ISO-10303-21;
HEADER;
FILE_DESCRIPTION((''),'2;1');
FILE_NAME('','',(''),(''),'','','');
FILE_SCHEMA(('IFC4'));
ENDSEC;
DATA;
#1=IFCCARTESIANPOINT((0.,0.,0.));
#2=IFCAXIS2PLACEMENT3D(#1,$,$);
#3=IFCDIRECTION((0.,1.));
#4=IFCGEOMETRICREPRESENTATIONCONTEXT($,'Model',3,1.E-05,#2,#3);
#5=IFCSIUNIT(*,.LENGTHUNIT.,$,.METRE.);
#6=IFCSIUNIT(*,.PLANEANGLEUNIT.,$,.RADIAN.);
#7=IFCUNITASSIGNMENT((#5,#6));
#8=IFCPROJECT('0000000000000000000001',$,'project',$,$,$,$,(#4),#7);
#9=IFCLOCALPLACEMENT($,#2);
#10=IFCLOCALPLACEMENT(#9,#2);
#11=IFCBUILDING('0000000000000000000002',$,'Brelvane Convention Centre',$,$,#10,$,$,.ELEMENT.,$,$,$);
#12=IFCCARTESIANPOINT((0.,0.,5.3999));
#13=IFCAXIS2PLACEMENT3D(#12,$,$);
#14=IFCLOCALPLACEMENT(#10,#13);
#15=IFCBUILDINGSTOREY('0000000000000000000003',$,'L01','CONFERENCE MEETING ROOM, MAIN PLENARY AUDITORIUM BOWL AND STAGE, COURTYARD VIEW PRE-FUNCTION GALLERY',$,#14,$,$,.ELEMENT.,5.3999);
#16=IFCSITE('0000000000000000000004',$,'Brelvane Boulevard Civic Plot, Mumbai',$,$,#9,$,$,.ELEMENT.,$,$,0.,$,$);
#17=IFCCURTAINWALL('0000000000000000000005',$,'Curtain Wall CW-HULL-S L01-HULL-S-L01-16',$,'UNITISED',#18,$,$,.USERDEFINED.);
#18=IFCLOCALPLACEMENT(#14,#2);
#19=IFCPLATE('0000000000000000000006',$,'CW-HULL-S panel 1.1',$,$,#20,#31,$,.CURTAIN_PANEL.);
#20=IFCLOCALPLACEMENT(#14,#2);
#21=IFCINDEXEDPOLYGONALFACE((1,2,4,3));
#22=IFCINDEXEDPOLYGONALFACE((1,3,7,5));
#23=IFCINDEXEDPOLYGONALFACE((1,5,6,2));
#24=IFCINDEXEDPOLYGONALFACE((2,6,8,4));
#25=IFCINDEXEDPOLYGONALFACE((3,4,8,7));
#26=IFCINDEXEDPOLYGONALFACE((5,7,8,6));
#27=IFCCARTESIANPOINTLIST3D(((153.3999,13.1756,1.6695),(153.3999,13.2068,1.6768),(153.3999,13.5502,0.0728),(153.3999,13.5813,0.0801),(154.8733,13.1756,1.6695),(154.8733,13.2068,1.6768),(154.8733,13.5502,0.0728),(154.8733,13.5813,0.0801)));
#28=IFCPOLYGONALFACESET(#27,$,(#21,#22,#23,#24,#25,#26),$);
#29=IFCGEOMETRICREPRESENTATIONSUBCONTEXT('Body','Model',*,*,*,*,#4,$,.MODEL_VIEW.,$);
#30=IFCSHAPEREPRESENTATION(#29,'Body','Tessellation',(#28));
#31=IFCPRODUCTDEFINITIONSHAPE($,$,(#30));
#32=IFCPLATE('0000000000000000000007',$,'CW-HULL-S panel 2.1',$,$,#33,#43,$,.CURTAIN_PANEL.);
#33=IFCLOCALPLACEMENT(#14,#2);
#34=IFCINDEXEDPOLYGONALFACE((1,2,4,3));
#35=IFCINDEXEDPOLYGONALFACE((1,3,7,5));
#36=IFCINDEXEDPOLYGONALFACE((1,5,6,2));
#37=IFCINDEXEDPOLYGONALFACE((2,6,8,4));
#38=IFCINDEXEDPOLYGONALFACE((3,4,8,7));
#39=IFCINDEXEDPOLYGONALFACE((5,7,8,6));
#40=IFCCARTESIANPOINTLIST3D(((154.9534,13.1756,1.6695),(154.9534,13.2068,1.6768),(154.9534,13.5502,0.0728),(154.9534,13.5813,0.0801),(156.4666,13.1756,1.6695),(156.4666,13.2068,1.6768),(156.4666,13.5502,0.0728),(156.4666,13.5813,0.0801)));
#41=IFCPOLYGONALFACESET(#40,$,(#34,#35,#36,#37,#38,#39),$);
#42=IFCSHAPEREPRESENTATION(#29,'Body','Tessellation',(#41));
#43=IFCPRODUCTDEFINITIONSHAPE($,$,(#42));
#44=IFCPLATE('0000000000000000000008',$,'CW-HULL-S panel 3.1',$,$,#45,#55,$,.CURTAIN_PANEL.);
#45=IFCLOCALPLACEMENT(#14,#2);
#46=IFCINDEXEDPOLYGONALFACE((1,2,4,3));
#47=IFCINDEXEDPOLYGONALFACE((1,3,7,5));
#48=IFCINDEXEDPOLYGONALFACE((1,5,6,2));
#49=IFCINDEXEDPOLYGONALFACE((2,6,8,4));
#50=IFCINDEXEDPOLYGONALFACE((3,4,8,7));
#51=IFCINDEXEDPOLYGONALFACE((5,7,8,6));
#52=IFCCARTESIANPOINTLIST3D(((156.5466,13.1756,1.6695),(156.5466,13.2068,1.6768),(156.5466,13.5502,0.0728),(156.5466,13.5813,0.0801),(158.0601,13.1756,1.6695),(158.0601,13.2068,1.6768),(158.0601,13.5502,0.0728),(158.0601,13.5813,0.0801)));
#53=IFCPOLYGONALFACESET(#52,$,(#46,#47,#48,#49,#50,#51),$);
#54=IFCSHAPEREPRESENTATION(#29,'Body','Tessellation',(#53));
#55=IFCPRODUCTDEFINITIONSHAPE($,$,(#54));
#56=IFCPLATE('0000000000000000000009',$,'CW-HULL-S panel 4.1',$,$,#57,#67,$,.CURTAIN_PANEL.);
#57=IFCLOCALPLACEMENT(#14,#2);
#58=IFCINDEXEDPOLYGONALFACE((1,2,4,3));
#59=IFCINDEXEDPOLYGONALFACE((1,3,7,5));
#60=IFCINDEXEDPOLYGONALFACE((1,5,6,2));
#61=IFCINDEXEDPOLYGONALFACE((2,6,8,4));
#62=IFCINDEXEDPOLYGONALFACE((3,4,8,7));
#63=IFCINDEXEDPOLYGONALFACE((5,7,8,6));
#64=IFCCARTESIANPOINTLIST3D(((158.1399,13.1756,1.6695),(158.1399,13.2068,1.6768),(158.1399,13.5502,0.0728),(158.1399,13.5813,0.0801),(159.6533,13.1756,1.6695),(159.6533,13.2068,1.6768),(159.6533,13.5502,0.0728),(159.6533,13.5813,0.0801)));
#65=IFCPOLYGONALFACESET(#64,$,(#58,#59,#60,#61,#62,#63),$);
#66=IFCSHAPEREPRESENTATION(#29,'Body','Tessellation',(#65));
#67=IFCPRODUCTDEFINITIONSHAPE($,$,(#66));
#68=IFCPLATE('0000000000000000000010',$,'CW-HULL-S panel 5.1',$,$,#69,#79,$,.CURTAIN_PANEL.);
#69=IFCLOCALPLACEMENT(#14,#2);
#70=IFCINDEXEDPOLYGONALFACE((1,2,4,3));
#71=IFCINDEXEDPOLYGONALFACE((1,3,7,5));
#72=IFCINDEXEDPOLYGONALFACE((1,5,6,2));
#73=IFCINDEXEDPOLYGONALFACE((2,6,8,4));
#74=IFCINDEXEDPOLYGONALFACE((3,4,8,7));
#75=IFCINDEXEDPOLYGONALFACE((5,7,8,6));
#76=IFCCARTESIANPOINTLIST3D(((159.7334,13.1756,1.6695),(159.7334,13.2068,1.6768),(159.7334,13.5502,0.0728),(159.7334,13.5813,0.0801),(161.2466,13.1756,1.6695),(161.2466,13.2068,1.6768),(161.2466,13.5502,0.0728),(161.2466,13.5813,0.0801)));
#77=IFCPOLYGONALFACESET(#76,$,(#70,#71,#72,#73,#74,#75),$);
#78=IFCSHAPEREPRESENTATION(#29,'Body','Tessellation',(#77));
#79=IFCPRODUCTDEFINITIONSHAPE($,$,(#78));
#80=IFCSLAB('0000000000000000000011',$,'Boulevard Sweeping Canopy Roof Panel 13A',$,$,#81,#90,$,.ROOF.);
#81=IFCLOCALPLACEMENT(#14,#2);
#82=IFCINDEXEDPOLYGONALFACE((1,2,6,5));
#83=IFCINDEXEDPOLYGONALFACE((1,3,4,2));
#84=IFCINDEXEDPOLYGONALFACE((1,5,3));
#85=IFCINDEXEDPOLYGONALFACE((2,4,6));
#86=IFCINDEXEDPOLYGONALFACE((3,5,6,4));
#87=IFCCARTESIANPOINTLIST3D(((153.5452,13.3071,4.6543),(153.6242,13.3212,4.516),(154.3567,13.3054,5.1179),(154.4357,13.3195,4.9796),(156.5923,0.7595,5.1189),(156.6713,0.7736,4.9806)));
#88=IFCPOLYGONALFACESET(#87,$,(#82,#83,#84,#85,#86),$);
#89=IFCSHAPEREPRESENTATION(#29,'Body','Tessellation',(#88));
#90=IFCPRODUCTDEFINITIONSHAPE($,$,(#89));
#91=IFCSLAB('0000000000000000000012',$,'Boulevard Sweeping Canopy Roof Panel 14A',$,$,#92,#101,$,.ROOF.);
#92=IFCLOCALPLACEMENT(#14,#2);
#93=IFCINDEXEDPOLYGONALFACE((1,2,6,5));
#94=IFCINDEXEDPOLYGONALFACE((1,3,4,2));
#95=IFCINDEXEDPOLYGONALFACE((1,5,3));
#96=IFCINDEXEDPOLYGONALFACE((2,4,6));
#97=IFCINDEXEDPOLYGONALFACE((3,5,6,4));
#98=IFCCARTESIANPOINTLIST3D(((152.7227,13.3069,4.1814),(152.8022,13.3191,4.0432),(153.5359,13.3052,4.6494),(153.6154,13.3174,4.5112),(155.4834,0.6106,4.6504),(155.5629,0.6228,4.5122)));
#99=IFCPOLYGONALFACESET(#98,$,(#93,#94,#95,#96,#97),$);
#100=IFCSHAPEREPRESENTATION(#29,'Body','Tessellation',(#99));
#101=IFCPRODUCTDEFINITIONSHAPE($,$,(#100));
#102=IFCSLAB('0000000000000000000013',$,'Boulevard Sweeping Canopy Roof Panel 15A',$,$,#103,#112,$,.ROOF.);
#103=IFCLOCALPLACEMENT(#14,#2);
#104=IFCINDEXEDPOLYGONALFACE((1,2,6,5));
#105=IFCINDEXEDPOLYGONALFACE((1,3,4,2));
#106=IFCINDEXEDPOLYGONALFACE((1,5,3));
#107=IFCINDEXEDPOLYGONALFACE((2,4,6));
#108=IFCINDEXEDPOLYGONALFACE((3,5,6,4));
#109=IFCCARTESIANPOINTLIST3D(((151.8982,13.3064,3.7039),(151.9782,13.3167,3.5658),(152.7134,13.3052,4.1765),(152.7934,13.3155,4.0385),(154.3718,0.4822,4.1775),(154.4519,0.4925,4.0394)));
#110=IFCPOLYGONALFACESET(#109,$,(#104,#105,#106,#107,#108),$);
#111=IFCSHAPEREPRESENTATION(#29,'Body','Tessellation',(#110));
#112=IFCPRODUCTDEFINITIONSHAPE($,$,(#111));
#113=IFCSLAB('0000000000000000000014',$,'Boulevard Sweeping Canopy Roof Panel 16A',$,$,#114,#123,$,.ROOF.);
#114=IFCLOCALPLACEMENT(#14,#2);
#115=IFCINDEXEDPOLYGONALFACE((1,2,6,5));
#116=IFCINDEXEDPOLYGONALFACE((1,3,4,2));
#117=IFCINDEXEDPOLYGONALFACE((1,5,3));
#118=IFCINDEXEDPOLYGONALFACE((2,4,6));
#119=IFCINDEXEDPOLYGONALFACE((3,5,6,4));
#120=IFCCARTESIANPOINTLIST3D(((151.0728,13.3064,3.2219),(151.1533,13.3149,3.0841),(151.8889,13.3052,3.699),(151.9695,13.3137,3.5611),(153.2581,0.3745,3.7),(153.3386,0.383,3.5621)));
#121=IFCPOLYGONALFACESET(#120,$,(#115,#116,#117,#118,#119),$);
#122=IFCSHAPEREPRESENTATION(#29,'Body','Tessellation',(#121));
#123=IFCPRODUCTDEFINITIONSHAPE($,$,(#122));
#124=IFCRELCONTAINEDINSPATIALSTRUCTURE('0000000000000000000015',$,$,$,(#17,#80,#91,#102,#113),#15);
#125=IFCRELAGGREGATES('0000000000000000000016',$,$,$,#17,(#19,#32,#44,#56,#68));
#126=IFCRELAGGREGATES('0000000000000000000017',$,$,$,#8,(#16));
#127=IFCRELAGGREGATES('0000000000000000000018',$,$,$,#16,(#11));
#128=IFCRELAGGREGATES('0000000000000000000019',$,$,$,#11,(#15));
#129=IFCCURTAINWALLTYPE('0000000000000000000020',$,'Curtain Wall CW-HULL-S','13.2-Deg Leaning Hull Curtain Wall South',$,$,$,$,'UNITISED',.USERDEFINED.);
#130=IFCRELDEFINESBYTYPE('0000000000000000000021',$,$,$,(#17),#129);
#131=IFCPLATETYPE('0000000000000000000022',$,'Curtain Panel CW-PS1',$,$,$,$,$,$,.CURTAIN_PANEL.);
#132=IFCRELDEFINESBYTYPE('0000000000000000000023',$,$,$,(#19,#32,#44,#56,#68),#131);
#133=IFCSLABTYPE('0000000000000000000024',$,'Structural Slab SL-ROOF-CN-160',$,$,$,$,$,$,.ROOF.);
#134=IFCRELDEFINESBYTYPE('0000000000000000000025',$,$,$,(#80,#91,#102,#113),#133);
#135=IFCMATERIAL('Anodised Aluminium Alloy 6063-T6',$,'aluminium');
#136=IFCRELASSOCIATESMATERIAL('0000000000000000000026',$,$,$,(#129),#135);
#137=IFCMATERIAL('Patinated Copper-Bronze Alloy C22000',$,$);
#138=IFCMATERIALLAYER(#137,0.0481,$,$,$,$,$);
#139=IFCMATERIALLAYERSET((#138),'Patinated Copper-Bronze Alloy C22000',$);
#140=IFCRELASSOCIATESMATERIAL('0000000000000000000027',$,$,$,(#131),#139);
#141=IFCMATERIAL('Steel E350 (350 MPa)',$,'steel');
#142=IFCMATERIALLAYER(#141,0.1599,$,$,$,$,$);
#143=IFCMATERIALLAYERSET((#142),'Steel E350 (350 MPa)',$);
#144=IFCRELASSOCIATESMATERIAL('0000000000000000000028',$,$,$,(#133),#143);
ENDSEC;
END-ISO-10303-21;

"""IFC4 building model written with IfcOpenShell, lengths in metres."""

from ifc_helpers import new_model, si_unit, direction, frame, origin, place, context, subcontext, project, spatial, polyline, outline, extrude, material, layer, layer_set, type_object, element, aggregate, save


model = new_model("IFC4")

# Units and contexts
model_context = context("Model", 3, precision=1e-05, world=origin(), true_north=direction((0.0, 1.0)))
body_context = subcontext(model_context, "Body", "Model", "MODEL_VIEW")
ifc_project = project(units=[si_unit("LENGTHUNIT", "METRE"), si_unit("PLANEANGLEUNIT", "RADIAN")], contexts=[model_context])

# Site, building, storey
site_placement = place(None, origin())
site = spatial("IfcSite", under=ifc_project, at=site_placement, Name="Brelvane Boulevard Civic Plot, Mumbai", CompositionType="ELEMENT", RefElevation=0.0)
building_placement = place(site_placement, origin())
building = spatial("IfcBuilding", under=site, at=building_placement, Name="Brelvane Convention Centre", CompositionType="ELEMENT")
storey_placement = place(building_placement, frame((0.0, 0.0, 5.3999)))
storey = spatial("IfcBuildingStorey", under=building, at=storey_placement, Name="L01", Description="CONFERENCE MEETING ROOM, MAIN PLENARY AUDITORIUM BOWL AND STAGE, COURTYARD VIEW PRE-FUNCTION GALLERY", CompositionType="ELEMENT", Elevation=5.3999)

# Shared definitions
ifc_material_1 = material(Name="Anodised Aluminium Alloy 6063-T6", Category="aluminium")
curtain_wall_type = type_object("IfcCurtainWallType", Name="Curtain Wall CW-HULL-S", Description="13.2-Deg Leaning Hull Curtain Wall South", ElementType="UNITISED", PredefinedType="USERDEFINED", material=ifc_material_1)

# Curtain wall
curtain_wall_1_placement = place(storey_placement, origin())
curtain_wall_1 = element("IfcCurtainWall", 1, at=curtain_wall_1_placement, inside=storey, type_object=curtain_wall_type, Name="Curtain Wall CW-HULL-S L01-HULL-S-L01-16", ObjectType="UNITISED", PredefinedType="USERDEFINED")

# Plates
ifc_material_2 = material(Name="Patinated Copper-Bronze Alloy C22000")
ifc_layer_1 = layer(ifc_material_2, 0.0481)
ifc_layer_set_1 = layer_set([ifc_layer_1], Name="Patinated Copper-Bronze Alloy C22000")
plate_type_1 = type_object("IfcPlateType", Name="Curtain Panel CW-PS1", PredefinedType="CURTAIN_PANEL", material=ifc_layer_set_1)
plate_1_placement = place(storey_placement, frame((153.3999, 13.5813, 0.0801), z_axis=(0.0, 0.973577, 0.228359), x_axis=(1.0, 0.0, 0.0)))
plate_1 = element("IfcPlate", 2, at=plate_1_placement, type_object=plate_type_1, Name="CW-HULL-S panel 1.1", PredefinedType="CURTAIN_PANEL", context=body_context, shape_type="SweptSolid", body=[
    extrude(outline(polyline([(0.0, 0.0), (1.4734, 0.0), (1.4734, -1.64), (0.0, -1.64), (0.0, 0.0)])), origin(), (0.0, 0.0, -1.0), 0.032),
])
plate_2_placement = place(storey_placement, frame((154.9534, 13.5813, 0.0801), z_axis=(0.0, 0.973577, 0.228359), x_axis=(1.0, 0.0, 0.0)))
plate_2 = element("IfcPlate", 3, at=plate_2_placement, type_object=plate_type_1, Name="CW-HULL-S panel 2.1", PredefinedType="CURTAIN_PANEL", context=body_context, shape_type="SweptSolid", body=[
    extrude(outline(polyline([(0.0, 0.0), (1.5132, 0.0), (1.5132, -1.64), (0.0, -1.64), (0.0, 0.0)])), origin(), (0.0, 0.0, -1.0), 0.032),
])
plate_3_placement = place(storey_placement, frame((156.5466, 13.5813, 0.0801), z_axis=(0.0, 0.973577, 0.228359), x_axis=(1.0, 0.0, 0.0)))
plate_3 = element("IfcPlate", 4, at=plate_3_placement, type_object=plate_type_1, Name="CW-HULL-S panel 3.1", PredefinedType="CURTAIN_PANEL", context=body_context, shape_type="SweptSolid", body=[
    extrude(outline(polyline([(0.0, 0.0), (1.5134, 0.0), (1.5134, -1.64), (0.0, -1.64), (0.0, 0.0)])), origin(), (0.0, 0.0, -1.0), 0.032),
])
plate_4_placement = place(storey_placement, frame((158.1399, 13.5813, 0.0801), z_axis=(0.0, 0.973577, 0.228359), x_axis=(1.0, 0.0, 0.0)))
plate_4 = element("IfcPlate", 5, at=plate_4_placement, type_object=plate_type_1, Name="CW-HULL-S panel 4.1", PredefinedType="CURTAIN_PANEL", context=body_context, shape_type="SweptSolid", body=[
    extrude(outline(polyline([(0.0, 0.0), (1.5134, 0.0), (1.5134, -1.64), (0.0, -1.64), (0.0, 0.0)])), origin(), (0.0, 0.0, -1.0), 0.032),
])
plate_5_placement = place(storey_placement, frame((159.7334, 13.5813, 0.0801), z_axis=(0.0, 0.973577, 0.228359), x_axis=(1.0, 0.0, 0.0)))
plate_5 = element("IfcPlate", 6, at=plate_5_placement, type_object=plate_type_1, Name="CW-HULL-S panel 5.1", PredefinedType="CURTAIN_PANEL", context=body_context, shape_type="SweptSolid", body=[
    extrude(outline(polyline([(0.0, 0.0), (1.5132, 0.0), (1.5132, -1.64), (0.0, -1.64), (0.0, 0.0)])), origin(), (0.0, 0.0, -1.0), 0.032),
])
aggregate(curtain_wall_1, [plate_1, plate_2, plate_3, plate_4, plate_5])

# Slabs
ifc_material_3 = material(Name="Steel E350 (350 MPa)", Category="steel")
ifc_layer_2 = layer(ifc_material_3, 0.1599)
ifc_layer_set_2 = layer_set([ifc_layer_2], Name="Steel E350 (350 MPa)")
slab_type = type_object("IfcSlabType", Name="Structural Slab SL-ROOF-CN-160", PredefinedType="ROOF", material=ifc_layer_set_2)
slab_1_placement = place(storey_placement, frame((154.3567, 13.3054, 5.1179), z_axis=(-0.494269, -0.088008, 0.864842), x_axis=(0.17543, -0.984492, 0.000077)))
element("IfcSlab", 7, at=slab_1_placement, inside=storey, type_object=slab_type, Name="Boulevard Sweeping Canopy Roof Panel 13A", PredefinedType="ROOF", context=body_context, shape_type="SweptSolid", body=[
    extrude(outline(polyline([(0.0, 0.0), (12.7435, 0.0), (-0.1441, -0.9234), (0.0, 0.0)])), origin(), (0.0, 0.0, -1.0), 0.1599),
])
slab_2_placement = place(storey_placement, frame((153.5359, 13.3052, 4.6494), z_axis=(-0.497467, -0.076251, 0.864125), x_axis=(0.151639, -0.988436, 0.000076)))
element("IfcSlab", 8, at=slab_2_placement, inside=storey, type_object=slab_type, Name="Boulevard Sweeping Canopy Roof Panel 14A", PredefinedType="ROOF", context=body_context, shape_type="SweptSolid", body=[
    extrude(outline(polyline([(0.0, 0.0), (12.8431, 0.0), (-0.125, -0.9299), (0.0, 0.0)])), origin(), (0.0, 0.0, -1.0), 0.1599),
])
slab_3_placement = place(storey_placement, frame((152.7134, 13.3052, 4.1765), z_axis=(-0.50062, -0.064681, 0.863247), x_axis=(0.128266, -0.99174, 0.000076)))
element("IfcSlab", 9, at=slab_3_placement, inside=storey, type_object=slab_type, Name="Boulevard Sweeping Canopy Roof Panel 15A", PredefinedType="ROOF", context=body_context, shape_type="SweptSolid", body=[
    extrude(outline(polyline([(0.0, 0.0), (12.9298, 0.0), (-0.1058, -0.9363), (0.0, 0.0)])), origin(), (0.0, 0.0, -1.0), 0.1599),
])
slab_4_placement = place(storey_placement, frame((151.8889, 13.3052, 3.699), z_axis=(-0.503968, -0.053297, 0.862077), x_axis=(0.105295, -0.994441, 0.000075)))
element("IfcSlab", 10, at=slab_4_placement, inside=storey, type_object=slab_type, Name="Boulevard Sweeping Canopy Roof Panel 16A", PredefinedType="ROOF", context=body_context, shape_type="SweptSolid", body=[
    extrude(outline(polyline([(0.0, 0.0), (13.0029, 0.0), (-0.0872, -0.9413), (0.0, 0.0)])), origin(), (0.0, 0.0, -1.0), 0.1599),
])

save(model, "model.ifc")
